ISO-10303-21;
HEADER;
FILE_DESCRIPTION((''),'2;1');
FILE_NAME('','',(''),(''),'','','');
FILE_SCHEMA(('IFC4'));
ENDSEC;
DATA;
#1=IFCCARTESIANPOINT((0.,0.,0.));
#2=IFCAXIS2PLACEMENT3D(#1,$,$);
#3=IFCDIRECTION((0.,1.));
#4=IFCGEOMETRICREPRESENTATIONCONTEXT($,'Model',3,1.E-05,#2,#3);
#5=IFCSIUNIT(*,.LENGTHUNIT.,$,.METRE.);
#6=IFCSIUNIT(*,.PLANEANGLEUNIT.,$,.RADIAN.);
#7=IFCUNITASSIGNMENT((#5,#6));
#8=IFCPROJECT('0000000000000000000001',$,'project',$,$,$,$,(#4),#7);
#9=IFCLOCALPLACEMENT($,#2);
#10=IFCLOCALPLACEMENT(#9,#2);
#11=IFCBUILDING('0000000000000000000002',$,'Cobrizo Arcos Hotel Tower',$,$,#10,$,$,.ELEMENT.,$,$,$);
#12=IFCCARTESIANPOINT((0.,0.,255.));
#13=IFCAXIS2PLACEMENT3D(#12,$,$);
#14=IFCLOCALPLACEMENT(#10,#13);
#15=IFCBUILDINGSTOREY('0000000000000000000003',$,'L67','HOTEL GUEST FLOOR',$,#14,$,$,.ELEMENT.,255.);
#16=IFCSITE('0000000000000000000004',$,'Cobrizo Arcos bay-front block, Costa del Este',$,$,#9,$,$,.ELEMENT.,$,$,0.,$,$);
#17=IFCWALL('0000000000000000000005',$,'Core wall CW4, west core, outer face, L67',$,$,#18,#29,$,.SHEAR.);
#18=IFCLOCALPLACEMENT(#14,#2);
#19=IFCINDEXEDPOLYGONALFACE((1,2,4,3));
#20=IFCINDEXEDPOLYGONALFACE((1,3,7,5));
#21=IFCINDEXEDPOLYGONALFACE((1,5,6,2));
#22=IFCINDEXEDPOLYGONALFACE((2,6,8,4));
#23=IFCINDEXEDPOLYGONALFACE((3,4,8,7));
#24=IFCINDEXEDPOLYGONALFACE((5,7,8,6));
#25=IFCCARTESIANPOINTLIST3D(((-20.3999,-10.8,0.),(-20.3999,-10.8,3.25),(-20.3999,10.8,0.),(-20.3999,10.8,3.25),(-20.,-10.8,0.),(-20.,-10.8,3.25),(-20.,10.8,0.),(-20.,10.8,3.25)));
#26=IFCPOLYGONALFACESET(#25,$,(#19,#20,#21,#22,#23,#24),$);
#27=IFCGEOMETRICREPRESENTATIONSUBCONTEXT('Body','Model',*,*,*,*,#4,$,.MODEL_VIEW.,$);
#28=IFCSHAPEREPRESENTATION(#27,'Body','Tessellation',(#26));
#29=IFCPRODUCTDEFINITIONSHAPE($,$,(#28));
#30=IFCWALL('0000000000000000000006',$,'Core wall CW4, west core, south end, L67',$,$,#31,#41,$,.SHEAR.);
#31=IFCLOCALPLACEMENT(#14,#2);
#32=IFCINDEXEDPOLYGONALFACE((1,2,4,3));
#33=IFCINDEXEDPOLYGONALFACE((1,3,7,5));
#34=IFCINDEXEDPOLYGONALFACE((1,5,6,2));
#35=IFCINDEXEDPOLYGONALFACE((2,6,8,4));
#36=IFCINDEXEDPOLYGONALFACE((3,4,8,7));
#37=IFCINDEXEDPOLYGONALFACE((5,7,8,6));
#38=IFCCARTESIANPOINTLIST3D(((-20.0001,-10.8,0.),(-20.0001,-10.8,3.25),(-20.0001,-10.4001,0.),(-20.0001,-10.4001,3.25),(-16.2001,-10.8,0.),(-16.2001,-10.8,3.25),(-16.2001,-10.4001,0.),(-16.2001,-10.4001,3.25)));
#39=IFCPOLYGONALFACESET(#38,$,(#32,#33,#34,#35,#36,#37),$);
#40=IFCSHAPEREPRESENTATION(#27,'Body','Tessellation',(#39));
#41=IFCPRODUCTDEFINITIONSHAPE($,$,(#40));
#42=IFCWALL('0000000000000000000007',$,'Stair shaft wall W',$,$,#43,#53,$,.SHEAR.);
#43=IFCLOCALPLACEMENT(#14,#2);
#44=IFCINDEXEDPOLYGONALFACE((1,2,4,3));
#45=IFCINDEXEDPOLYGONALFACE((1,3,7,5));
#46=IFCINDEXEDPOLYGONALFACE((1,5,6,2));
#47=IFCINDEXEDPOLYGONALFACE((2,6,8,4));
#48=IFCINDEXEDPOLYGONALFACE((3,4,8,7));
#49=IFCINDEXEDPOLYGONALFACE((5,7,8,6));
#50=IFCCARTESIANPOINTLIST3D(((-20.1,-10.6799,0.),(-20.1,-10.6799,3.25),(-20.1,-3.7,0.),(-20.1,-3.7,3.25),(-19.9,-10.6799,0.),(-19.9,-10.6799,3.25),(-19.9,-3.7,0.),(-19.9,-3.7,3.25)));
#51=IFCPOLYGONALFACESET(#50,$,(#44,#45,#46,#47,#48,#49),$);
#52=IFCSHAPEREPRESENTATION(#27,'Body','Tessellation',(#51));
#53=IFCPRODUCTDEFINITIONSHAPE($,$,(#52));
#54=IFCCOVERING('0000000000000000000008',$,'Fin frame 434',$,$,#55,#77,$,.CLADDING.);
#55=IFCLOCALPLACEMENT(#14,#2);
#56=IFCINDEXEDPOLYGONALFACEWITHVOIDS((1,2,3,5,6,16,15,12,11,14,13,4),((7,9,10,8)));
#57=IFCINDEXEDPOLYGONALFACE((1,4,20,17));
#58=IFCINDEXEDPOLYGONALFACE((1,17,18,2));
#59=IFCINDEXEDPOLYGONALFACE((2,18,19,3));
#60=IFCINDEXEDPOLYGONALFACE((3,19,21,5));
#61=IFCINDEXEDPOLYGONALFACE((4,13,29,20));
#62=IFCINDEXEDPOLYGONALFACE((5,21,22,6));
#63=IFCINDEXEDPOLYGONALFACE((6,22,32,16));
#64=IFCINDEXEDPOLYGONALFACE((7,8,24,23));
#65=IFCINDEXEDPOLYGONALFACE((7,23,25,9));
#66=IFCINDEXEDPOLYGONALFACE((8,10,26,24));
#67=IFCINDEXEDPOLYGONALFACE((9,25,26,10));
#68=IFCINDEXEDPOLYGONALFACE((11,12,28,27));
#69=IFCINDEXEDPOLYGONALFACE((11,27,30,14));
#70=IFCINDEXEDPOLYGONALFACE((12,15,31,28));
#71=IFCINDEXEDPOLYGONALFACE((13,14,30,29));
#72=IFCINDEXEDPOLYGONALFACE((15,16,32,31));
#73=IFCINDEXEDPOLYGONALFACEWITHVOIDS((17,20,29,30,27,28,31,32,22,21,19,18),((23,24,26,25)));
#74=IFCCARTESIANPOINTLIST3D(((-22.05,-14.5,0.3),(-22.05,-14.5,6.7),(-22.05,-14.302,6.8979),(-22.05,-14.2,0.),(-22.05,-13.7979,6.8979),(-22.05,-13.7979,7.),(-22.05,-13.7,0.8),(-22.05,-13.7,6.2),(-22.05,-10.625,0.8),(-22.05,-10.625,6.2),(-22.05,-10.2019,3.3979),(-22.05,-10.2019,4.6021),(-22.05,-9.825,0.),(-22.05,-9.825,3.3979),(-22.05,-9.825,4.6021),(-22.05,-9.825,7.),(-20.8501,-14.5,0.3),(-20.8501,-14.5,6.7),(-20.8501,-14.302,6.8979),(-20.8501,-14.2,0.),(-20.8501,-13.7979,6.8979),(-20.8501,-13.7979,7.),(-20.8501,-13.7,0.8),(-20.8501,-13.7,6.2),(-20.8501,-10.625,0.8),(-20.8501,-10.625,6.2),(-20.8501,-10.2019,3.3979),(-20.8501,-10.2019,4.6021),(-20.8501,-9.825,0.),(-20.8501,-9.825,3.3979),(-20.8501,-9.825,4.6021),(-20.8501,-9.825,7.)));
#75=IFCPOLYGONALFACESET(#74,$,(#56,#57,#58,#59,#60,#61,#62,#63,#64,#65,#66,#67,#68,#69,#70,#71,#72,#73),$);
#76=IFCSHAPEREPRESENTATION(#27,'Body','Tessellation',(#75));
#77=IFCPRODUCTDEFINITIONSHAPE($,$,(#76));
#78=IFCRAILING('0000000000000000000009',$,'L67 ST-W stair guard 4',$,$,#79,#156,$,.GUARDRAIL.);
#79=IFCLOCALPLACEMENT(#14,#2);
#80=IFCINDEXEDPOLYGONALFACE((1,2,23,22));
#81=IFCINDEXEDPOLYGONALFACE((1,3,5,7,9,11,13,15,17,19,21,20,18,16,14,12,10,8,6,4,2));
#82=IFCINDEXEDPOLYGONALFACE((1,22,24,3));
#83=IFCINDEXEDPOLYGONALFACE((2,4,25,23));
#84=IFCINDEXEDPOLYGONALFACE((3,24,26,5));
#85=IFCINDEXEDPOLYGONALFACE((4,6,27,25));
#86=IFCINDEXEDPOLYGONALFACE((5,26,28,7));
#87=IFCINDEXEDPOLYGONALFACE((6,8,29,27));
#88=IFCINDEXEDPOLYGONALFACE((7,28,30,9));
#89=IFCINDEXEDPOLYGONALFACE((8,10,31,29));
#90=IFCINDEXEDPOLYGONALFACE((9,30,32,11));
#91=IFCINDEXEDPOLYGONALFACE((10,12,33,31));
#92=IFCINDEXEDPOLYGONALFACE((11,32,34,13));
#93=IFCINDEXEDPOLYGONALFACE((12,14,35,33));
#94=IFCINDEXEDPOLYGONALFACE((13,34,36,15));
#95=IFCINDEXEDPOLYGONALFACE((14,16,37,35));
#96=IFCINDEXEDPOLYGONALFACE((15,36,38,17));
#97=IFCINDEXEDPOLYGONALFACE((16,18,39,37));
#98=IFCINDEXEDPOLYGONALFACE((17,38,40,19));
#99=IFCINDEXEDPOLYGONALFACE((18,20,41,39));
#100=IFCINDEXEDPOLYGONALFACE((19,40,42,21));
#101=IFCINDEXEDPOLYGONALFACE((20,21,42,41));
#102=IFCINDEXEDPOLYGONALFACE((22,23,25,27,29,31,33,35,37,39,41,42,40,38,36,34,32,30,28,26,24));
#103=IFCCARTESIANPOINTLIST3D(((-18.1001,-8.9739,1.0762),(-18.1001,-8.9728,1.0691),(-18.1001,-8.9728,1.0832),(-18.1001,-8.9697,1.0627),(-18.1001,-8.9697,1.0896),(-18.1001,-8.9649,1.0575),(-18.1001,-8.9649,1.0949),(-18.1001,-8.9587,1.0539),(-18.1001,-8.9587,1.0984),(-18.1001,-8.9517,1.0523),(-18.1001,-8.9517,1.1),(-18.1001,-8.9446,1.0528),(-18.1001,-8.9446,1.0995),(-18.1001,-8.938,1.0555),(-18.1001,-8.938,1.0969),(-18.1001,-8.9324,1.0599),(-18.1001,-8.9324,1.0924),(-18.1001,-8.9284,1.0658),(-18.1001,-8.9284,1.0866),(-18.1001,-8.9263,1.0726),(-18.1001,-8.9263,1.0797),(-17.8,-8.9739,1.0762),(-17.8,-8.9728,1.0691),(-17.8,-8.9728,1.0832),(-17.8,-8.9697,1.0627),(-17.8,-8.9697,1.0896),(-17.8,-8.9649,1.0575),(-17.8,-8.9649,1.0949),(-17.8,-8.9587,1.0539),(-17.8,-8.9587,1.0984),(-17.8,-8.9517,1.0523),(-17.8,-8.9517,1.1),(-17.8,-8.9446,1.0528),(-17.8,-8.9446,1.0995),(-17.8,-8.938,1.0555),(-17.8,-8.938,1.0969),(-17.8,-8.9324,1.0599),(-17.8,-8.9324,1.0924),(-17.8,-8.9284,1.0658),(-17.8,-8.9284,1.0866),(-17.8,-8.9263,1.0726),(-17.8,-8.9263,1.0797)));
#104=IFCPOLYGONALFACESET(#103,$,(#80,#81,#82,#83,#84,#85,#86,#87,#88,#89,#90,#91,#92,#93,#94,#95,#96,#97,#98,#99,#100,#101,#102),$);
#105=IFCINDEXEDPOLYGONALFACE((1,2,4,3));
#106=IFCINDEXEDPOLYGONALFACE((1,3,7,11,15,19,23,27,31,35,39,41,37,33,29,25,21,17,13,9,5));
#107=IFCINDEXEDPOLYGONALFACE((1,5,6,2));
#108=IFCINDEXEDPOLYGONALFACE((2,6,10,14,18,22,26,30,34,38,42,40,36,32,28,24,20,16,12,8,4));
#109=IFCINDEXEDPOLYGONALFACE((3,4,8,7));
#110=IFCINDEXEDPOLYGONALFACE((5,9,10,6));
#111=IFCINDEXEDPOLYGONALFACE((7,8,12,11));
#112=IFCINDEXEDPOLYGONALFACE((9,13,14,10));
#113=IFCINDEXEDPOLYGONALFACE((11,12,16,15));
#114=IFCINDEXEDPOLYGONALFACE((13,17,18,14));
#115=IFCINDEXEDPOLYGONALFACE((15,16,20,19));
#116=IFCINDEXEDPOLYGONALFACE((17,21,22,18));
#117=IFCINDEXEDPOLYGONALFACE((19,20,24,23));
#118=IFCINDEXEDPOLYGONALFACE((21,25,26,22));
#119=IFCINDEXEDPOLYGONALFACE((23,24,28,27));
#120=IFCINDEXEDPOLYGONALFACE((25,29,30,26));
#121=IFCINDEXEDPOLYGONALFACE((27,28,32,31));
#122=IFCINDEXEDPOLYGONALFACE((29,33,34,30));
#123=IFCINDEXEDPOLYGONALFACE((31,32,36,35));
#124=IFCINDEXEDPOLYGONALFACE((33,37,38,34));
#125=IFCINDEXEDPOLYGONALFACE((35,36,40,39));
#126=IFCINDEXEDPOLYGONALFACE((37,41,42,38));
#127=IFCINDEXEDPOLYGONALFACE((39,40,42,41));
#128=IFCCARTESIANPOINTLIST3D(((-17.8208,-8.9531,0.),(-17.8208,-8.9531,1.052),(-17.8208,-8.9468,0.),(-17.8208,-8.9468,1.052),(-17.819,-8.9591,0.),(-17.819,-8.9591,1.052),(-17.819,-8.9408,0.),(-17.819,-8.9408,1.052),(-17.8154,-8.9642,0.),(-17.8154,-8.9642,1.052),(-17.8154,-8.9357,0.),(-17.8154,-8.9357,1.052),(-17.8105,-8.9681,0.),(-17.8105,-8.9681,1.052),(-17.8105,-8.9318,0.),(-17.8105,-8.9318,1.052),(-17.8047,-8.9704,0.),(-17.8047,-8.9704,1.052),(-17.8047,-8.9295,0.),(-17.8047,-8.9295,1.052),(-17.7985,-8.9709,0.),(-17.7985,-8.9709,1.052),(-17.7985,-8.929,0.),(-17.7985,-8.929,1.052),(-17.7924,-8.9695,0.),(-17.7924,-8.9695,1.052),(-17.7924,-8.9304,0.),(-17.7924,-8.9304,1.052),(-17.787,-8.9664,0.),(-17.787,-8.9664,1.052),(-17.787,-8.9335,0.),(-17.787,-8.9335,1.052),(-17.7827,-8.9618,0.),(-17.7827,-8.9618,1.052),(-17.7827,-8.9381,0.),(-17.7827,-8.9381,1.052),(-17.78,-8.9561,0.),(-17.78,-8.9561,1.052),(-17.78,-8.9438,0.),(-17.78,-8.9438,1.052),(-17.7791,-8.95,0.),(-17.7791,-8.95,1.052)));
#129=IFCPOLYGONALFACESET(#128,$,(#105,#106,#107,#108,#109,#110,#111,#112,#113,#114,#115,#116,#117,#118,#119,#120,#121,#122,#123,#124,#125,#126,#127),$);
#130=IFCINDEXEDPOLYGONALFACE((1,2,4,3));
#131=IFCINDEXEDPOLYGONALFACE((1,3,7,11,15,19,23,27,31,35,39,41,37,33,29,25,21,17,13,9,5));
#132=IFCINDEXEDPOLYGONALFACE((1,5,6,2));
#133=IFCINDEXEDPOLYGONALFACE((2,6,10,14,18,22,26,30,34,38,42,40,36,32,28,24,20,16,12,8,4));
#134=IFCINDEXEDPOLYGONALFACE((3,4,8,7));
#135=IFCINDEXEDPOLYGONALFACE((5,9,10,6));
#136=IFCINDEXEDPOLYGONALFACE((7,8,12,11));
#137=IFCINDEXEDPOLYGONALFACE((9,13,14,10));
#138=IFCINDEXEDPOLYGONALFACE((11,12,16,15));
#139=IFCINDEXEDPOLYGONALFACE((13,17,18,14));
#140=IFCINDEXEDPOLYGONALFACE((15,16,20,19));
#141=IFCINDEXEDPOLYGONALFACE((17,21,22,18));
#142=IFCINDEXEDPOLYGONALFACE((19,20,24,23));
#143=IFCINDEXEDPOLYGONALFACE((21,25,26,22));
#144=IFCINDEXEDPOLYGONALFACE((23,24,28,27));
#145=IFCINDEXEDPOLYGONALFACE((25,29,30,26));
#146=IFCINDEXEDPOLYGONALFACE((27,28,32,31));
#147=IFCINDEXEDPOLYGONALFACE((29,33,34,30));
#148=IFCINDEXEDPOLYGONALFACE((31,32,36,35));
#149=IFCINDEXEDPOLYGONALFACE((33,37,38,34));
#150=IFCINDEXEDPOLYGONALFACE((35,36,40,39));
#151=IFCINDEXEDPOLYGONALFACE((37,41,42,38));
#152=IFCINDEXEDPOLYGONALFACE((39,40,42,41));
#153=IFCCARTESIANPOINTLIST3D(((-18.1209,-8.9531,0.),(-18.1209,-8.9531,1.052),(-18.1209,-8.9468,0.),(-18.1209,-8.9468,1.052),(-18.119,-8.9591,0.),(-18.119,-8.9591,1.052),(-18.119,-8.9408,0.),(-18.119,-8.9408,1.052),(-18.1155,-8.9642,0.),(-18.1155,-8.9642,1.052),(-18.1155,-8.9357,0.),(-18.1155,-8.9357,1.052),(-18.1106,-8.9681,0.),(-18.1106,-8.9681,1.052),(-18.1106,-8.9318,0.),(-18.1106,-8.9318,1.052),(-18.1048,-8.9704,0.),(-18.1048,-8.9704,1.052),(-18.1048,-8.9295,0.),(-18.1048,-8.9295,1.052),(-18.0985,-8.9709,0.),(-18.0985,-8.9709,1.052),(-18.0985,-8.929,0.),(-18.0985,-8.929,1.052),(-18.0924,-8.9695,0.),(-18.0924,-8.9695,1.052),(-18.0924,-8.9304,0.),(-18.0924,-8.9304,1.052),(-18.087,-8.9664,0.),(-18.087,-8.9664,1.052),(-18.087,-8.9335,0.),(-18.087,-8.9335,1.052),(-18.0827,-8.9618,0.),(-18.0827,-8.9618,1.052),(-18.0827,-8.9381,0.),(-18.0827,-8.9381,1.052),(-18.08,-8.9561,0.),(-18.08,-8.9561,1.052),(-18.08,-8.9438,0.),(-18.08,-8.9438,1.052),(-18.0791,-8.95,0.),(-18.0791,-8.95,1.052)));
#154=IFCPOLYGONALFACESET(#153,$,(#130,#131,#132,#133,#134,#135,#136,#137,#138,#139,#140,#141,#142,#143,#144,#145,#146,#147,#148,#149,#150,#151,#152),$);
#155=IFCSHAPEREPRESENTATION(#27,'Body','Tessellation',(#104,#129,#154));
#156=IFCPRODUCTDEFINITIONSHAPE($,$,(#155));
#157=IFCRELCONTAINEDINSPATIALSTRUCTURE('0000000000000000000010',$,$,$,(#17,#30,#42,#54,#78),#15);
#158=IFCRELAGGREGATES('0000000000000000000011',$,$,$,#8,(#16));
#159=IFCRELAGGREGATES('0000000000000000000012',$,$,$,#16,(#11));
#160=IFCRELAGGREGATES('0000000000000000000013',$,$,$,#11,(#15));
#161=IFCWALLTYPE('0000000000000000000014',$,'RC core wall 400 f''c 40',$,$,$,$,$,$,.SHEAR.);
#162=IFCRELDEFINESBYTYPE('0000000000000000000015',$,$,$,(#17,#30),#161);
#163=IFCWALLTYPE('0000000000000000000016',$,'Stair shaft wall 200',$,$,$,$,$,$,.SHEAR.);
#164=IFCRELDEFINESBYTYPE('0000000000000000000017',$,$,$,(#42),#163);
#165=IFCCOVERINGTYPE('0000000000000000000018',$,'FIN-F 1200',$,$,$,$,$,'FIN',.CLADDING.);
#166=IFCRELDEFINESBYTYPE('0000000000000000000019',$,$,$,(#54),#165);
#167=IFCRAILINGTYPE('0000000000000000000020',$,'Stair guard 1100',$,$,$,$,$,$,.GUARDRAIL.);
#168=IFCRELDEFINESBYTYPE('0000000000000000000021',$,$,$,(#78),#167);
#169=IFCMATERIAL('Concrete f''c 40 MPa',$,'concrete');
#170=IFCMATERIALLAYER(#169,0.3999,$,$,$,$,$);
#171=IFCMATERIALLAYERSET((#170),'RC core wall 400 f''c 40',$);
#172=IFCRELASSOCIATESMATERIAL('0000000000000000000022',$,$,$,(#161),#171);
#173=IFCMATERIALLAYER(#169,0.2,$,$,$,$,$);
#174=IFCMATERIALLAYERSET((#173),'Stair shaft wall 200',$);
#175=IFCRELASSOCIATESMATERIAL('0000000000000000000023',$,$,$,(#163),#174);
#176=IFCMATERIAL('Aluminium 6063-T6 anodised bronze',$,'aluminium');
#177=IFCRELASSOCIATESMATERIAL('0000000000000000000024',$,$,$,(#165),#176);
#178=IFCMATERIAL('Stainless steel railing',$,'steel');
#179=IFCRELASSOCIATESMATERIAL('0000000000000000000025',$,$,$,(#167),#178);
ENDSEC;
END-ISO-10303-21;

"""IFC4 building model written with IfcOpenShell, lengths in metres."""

from ifc_helpers import new_model, si_unit, direction, frame, frame_2d, origin, origin_2d, place, context, subcontext, project, spatial, polyline, rectangle, circle, outline, extrude, material, layer, layer_set, type_object, element, save


model = new_model("IFC4")

# Units and contexts
model_context = context("Model", 3, precision=1e-05, world=origin(), true_north=direction((0.0, 1.0)))
body_context = subcontext(model_context, "Body", "Model", "MODEL_VIEW")
ifc_project = project(units=[si_unit("LENGTHUNIT", "METRE"), si_unit("PLANEANGLEUNIT", "RADIAN")], contexts=[model_context])

# Site, building, storey
site_placement = place(None, origin())
site = spatial("IfcSite", under=ifc_project, at=site_placement, Name="Cobrizo Arcos bay-front block, Costa del Este", CompositionType="ELEMENT", RefElevation=0.0)
building_placement = place(site_placement, origin())
building = spatial("IfcBuilding", under=site, at=building_placement, Name="Cobrizo Arcos Hotel Tower", CompositionType="ELEMENT")
storey_placement = place(building_placement, frame((0.0, 0.0, 255.0)))
storey = spatial("IfcBuildingStorey", under=building, at=storey_placement, Name="L67", Description="HOTEL GUEST FLOOR", CompositionType="ELEMENT", Elevation=255.0)

# Shared definitions
ifc_material_1 = material(Name="Aluminium 6063-T6 anodised bronze", Category="aluminium")

# Shared definitions
ifc_material_2 = material(Name="Concrete f'c 40 MPa", Category="concrete")
ifc_layer_1 = layer(ifc_material_2, 0.3999)
ifc_layer_set_1 = layer_set([ifc_layer_1], Name="RC core wall 400 f'c 40")
wall_type_1 = type_object("IfcWallType", Name="RC core wall 400 f'c 40", PredefinedType="SHEAR", material=ifc_layer_set_1)

# Walls
wall_1_placement = place(storey_placement, frame((-20.2, -10.8, 0.0), z_axis=(0.0, 0.0, 1.0), x_axis=(0.0, 1.0, 0.0)))
element("IfcWall", 1, at=wall_1_placement, inside=storey, type_object=wall_type_1, Name="Core wall CW4, west core, outer face, L67", PredefinedType="SHEAR", context=body_context, shape_type="SweptSolid", body=[
    extrude(rectangle(XDim=21.6001, YDim=0.3999, at=frame_2d((10.8, 0.0))), origin(), (0.0, 0.0, 1.0), 3.25),
])
wall_2_placement = place(storey_placement, frame((-20.0, -10.6001, 0.0), z_axis=(0.0, 0.0, 1.0), x_axis=(1.0, 0.0, 0.0)))
element("IfcWall", 2, at=wall_2_placement, inside=storey, type_object=wall_type_1, Name="Core wall CW4, west core, south end, L67", PredefinedType="SHEAR", context=body_context, shape_type="SweptSolid", body=[
    extrude(rectangle(XDim=3.8, YDim=0.3999, at=frame_2d((1.8999, 0.0))), origin(), (0.0, 0.0, 1.0), 3.25),
])
ifc_layer_2 = layer(ifc_material_2, 0.2)
ifc_layer_set_2 = layer_set([ifc_layer_2], Name="Stair shaft wall 200")
wall_type_2 = type_object("IfcWallType", Name="Stair shaft wall 200", PredefinedType="SHEAR", material=ifc_layer_set_2)
wall_3_placement = place(storey_placement, frame((-20.0, -10.6799, 0.0), z_axis=(0.0, 0.0, 1.0), x_axis=(0.0, 1.0, 0.0)))
element("IfcWall", 3, at=wall_3_placement, inside=storey, type_object=wall_type_2, Name="Stair shaft wall W", PredefinedType="SHEAR", context=body_context, shape_type="SweptSolid", body=[
    extrude(rectangle(XDim=6.98, YDim=0.2, at=frame_2d((3.49, 0.0))), origin(), (0.0, 0.0, 1.0), 3.25),
])

# Covering
covering_type = type_object("IfcCoveringType", Name="FIN-F 1200", ElementType="FIN", PredefinedType="CLADDING", material=ifc_material_1)
covering_placement = place(storey_placement, frame((-20.8501, -9.825, 0.0), z_axis=(-1.0, 0.0, 0.0), x_axis=(0.0, -1.0, 0.0)))
element("IfcCovering", 4, at=covering_placement, inside=storey, type_object=covering_type, Name="Fin frame 434", PredefinedType="CLADDING", context=body_context, shape_type="SweptSolid", body=[
    extrude(outline(polyline([(4.675, 6.7), (4.4771, 6.8979), (3.9729, 6.8979), (3.9729, 7.0), (0.0, 7.0), (0.0, 4.6021), (0.377, 4.6021), (0.377, 3.3979), (0.0, 3.3979), (0.0, 0.0), (4.375, 0.0), (4.675, 0.3), (4.675, 6.7)]), holes=[polyline([(3.875, 0.8), (0.8, 0.8), (0.8, 6.2), (3.875, 6.2), (3.875, 0.8)])]), origin(), (0.0, 0.0, 1.0), 1.2),
])

# Railing
ifc_material_3 = material(Name="Stainless steel railing", Category="steel")
railing_type = type_object("IfcRailingType", Name="Stair guard 1100", PredefinedType="GUARDRAIL", material=ifc_material_3)
railing_placement = place(storey_placement, frame((-17.8, -8.95, 0.0)))
element("IfcRailing", 5, at=railing_placement, inside=storey, type_object=railing_type, Name="L67 ST-W stair guard 4", PredefinedType="GUARDRAIL", context=body_context, shape_type="SweptSolid", body=[
    extrude(circle(Radius=0.0239, at=origin_2d()), frame((0.0, 0.0, 1.0762), z_axis=(-1.0, 0.0, 0.0), x_axis=(0.0, -1.0, 0.0)), (0.0, 0.0, 1.0), 0.3),
    extrude(circle(Radius=0.021, at=origin_2d()), origin(), (0.0, 0.0, 1.0), 1.052),
    extrude(circle(Radius=0.021, at=origin_2d()), frame((-0.3, 0.0, 0.0)), (0.0, 0.0, 1.0), 1.052),
])

save(model, "model.ifc")
